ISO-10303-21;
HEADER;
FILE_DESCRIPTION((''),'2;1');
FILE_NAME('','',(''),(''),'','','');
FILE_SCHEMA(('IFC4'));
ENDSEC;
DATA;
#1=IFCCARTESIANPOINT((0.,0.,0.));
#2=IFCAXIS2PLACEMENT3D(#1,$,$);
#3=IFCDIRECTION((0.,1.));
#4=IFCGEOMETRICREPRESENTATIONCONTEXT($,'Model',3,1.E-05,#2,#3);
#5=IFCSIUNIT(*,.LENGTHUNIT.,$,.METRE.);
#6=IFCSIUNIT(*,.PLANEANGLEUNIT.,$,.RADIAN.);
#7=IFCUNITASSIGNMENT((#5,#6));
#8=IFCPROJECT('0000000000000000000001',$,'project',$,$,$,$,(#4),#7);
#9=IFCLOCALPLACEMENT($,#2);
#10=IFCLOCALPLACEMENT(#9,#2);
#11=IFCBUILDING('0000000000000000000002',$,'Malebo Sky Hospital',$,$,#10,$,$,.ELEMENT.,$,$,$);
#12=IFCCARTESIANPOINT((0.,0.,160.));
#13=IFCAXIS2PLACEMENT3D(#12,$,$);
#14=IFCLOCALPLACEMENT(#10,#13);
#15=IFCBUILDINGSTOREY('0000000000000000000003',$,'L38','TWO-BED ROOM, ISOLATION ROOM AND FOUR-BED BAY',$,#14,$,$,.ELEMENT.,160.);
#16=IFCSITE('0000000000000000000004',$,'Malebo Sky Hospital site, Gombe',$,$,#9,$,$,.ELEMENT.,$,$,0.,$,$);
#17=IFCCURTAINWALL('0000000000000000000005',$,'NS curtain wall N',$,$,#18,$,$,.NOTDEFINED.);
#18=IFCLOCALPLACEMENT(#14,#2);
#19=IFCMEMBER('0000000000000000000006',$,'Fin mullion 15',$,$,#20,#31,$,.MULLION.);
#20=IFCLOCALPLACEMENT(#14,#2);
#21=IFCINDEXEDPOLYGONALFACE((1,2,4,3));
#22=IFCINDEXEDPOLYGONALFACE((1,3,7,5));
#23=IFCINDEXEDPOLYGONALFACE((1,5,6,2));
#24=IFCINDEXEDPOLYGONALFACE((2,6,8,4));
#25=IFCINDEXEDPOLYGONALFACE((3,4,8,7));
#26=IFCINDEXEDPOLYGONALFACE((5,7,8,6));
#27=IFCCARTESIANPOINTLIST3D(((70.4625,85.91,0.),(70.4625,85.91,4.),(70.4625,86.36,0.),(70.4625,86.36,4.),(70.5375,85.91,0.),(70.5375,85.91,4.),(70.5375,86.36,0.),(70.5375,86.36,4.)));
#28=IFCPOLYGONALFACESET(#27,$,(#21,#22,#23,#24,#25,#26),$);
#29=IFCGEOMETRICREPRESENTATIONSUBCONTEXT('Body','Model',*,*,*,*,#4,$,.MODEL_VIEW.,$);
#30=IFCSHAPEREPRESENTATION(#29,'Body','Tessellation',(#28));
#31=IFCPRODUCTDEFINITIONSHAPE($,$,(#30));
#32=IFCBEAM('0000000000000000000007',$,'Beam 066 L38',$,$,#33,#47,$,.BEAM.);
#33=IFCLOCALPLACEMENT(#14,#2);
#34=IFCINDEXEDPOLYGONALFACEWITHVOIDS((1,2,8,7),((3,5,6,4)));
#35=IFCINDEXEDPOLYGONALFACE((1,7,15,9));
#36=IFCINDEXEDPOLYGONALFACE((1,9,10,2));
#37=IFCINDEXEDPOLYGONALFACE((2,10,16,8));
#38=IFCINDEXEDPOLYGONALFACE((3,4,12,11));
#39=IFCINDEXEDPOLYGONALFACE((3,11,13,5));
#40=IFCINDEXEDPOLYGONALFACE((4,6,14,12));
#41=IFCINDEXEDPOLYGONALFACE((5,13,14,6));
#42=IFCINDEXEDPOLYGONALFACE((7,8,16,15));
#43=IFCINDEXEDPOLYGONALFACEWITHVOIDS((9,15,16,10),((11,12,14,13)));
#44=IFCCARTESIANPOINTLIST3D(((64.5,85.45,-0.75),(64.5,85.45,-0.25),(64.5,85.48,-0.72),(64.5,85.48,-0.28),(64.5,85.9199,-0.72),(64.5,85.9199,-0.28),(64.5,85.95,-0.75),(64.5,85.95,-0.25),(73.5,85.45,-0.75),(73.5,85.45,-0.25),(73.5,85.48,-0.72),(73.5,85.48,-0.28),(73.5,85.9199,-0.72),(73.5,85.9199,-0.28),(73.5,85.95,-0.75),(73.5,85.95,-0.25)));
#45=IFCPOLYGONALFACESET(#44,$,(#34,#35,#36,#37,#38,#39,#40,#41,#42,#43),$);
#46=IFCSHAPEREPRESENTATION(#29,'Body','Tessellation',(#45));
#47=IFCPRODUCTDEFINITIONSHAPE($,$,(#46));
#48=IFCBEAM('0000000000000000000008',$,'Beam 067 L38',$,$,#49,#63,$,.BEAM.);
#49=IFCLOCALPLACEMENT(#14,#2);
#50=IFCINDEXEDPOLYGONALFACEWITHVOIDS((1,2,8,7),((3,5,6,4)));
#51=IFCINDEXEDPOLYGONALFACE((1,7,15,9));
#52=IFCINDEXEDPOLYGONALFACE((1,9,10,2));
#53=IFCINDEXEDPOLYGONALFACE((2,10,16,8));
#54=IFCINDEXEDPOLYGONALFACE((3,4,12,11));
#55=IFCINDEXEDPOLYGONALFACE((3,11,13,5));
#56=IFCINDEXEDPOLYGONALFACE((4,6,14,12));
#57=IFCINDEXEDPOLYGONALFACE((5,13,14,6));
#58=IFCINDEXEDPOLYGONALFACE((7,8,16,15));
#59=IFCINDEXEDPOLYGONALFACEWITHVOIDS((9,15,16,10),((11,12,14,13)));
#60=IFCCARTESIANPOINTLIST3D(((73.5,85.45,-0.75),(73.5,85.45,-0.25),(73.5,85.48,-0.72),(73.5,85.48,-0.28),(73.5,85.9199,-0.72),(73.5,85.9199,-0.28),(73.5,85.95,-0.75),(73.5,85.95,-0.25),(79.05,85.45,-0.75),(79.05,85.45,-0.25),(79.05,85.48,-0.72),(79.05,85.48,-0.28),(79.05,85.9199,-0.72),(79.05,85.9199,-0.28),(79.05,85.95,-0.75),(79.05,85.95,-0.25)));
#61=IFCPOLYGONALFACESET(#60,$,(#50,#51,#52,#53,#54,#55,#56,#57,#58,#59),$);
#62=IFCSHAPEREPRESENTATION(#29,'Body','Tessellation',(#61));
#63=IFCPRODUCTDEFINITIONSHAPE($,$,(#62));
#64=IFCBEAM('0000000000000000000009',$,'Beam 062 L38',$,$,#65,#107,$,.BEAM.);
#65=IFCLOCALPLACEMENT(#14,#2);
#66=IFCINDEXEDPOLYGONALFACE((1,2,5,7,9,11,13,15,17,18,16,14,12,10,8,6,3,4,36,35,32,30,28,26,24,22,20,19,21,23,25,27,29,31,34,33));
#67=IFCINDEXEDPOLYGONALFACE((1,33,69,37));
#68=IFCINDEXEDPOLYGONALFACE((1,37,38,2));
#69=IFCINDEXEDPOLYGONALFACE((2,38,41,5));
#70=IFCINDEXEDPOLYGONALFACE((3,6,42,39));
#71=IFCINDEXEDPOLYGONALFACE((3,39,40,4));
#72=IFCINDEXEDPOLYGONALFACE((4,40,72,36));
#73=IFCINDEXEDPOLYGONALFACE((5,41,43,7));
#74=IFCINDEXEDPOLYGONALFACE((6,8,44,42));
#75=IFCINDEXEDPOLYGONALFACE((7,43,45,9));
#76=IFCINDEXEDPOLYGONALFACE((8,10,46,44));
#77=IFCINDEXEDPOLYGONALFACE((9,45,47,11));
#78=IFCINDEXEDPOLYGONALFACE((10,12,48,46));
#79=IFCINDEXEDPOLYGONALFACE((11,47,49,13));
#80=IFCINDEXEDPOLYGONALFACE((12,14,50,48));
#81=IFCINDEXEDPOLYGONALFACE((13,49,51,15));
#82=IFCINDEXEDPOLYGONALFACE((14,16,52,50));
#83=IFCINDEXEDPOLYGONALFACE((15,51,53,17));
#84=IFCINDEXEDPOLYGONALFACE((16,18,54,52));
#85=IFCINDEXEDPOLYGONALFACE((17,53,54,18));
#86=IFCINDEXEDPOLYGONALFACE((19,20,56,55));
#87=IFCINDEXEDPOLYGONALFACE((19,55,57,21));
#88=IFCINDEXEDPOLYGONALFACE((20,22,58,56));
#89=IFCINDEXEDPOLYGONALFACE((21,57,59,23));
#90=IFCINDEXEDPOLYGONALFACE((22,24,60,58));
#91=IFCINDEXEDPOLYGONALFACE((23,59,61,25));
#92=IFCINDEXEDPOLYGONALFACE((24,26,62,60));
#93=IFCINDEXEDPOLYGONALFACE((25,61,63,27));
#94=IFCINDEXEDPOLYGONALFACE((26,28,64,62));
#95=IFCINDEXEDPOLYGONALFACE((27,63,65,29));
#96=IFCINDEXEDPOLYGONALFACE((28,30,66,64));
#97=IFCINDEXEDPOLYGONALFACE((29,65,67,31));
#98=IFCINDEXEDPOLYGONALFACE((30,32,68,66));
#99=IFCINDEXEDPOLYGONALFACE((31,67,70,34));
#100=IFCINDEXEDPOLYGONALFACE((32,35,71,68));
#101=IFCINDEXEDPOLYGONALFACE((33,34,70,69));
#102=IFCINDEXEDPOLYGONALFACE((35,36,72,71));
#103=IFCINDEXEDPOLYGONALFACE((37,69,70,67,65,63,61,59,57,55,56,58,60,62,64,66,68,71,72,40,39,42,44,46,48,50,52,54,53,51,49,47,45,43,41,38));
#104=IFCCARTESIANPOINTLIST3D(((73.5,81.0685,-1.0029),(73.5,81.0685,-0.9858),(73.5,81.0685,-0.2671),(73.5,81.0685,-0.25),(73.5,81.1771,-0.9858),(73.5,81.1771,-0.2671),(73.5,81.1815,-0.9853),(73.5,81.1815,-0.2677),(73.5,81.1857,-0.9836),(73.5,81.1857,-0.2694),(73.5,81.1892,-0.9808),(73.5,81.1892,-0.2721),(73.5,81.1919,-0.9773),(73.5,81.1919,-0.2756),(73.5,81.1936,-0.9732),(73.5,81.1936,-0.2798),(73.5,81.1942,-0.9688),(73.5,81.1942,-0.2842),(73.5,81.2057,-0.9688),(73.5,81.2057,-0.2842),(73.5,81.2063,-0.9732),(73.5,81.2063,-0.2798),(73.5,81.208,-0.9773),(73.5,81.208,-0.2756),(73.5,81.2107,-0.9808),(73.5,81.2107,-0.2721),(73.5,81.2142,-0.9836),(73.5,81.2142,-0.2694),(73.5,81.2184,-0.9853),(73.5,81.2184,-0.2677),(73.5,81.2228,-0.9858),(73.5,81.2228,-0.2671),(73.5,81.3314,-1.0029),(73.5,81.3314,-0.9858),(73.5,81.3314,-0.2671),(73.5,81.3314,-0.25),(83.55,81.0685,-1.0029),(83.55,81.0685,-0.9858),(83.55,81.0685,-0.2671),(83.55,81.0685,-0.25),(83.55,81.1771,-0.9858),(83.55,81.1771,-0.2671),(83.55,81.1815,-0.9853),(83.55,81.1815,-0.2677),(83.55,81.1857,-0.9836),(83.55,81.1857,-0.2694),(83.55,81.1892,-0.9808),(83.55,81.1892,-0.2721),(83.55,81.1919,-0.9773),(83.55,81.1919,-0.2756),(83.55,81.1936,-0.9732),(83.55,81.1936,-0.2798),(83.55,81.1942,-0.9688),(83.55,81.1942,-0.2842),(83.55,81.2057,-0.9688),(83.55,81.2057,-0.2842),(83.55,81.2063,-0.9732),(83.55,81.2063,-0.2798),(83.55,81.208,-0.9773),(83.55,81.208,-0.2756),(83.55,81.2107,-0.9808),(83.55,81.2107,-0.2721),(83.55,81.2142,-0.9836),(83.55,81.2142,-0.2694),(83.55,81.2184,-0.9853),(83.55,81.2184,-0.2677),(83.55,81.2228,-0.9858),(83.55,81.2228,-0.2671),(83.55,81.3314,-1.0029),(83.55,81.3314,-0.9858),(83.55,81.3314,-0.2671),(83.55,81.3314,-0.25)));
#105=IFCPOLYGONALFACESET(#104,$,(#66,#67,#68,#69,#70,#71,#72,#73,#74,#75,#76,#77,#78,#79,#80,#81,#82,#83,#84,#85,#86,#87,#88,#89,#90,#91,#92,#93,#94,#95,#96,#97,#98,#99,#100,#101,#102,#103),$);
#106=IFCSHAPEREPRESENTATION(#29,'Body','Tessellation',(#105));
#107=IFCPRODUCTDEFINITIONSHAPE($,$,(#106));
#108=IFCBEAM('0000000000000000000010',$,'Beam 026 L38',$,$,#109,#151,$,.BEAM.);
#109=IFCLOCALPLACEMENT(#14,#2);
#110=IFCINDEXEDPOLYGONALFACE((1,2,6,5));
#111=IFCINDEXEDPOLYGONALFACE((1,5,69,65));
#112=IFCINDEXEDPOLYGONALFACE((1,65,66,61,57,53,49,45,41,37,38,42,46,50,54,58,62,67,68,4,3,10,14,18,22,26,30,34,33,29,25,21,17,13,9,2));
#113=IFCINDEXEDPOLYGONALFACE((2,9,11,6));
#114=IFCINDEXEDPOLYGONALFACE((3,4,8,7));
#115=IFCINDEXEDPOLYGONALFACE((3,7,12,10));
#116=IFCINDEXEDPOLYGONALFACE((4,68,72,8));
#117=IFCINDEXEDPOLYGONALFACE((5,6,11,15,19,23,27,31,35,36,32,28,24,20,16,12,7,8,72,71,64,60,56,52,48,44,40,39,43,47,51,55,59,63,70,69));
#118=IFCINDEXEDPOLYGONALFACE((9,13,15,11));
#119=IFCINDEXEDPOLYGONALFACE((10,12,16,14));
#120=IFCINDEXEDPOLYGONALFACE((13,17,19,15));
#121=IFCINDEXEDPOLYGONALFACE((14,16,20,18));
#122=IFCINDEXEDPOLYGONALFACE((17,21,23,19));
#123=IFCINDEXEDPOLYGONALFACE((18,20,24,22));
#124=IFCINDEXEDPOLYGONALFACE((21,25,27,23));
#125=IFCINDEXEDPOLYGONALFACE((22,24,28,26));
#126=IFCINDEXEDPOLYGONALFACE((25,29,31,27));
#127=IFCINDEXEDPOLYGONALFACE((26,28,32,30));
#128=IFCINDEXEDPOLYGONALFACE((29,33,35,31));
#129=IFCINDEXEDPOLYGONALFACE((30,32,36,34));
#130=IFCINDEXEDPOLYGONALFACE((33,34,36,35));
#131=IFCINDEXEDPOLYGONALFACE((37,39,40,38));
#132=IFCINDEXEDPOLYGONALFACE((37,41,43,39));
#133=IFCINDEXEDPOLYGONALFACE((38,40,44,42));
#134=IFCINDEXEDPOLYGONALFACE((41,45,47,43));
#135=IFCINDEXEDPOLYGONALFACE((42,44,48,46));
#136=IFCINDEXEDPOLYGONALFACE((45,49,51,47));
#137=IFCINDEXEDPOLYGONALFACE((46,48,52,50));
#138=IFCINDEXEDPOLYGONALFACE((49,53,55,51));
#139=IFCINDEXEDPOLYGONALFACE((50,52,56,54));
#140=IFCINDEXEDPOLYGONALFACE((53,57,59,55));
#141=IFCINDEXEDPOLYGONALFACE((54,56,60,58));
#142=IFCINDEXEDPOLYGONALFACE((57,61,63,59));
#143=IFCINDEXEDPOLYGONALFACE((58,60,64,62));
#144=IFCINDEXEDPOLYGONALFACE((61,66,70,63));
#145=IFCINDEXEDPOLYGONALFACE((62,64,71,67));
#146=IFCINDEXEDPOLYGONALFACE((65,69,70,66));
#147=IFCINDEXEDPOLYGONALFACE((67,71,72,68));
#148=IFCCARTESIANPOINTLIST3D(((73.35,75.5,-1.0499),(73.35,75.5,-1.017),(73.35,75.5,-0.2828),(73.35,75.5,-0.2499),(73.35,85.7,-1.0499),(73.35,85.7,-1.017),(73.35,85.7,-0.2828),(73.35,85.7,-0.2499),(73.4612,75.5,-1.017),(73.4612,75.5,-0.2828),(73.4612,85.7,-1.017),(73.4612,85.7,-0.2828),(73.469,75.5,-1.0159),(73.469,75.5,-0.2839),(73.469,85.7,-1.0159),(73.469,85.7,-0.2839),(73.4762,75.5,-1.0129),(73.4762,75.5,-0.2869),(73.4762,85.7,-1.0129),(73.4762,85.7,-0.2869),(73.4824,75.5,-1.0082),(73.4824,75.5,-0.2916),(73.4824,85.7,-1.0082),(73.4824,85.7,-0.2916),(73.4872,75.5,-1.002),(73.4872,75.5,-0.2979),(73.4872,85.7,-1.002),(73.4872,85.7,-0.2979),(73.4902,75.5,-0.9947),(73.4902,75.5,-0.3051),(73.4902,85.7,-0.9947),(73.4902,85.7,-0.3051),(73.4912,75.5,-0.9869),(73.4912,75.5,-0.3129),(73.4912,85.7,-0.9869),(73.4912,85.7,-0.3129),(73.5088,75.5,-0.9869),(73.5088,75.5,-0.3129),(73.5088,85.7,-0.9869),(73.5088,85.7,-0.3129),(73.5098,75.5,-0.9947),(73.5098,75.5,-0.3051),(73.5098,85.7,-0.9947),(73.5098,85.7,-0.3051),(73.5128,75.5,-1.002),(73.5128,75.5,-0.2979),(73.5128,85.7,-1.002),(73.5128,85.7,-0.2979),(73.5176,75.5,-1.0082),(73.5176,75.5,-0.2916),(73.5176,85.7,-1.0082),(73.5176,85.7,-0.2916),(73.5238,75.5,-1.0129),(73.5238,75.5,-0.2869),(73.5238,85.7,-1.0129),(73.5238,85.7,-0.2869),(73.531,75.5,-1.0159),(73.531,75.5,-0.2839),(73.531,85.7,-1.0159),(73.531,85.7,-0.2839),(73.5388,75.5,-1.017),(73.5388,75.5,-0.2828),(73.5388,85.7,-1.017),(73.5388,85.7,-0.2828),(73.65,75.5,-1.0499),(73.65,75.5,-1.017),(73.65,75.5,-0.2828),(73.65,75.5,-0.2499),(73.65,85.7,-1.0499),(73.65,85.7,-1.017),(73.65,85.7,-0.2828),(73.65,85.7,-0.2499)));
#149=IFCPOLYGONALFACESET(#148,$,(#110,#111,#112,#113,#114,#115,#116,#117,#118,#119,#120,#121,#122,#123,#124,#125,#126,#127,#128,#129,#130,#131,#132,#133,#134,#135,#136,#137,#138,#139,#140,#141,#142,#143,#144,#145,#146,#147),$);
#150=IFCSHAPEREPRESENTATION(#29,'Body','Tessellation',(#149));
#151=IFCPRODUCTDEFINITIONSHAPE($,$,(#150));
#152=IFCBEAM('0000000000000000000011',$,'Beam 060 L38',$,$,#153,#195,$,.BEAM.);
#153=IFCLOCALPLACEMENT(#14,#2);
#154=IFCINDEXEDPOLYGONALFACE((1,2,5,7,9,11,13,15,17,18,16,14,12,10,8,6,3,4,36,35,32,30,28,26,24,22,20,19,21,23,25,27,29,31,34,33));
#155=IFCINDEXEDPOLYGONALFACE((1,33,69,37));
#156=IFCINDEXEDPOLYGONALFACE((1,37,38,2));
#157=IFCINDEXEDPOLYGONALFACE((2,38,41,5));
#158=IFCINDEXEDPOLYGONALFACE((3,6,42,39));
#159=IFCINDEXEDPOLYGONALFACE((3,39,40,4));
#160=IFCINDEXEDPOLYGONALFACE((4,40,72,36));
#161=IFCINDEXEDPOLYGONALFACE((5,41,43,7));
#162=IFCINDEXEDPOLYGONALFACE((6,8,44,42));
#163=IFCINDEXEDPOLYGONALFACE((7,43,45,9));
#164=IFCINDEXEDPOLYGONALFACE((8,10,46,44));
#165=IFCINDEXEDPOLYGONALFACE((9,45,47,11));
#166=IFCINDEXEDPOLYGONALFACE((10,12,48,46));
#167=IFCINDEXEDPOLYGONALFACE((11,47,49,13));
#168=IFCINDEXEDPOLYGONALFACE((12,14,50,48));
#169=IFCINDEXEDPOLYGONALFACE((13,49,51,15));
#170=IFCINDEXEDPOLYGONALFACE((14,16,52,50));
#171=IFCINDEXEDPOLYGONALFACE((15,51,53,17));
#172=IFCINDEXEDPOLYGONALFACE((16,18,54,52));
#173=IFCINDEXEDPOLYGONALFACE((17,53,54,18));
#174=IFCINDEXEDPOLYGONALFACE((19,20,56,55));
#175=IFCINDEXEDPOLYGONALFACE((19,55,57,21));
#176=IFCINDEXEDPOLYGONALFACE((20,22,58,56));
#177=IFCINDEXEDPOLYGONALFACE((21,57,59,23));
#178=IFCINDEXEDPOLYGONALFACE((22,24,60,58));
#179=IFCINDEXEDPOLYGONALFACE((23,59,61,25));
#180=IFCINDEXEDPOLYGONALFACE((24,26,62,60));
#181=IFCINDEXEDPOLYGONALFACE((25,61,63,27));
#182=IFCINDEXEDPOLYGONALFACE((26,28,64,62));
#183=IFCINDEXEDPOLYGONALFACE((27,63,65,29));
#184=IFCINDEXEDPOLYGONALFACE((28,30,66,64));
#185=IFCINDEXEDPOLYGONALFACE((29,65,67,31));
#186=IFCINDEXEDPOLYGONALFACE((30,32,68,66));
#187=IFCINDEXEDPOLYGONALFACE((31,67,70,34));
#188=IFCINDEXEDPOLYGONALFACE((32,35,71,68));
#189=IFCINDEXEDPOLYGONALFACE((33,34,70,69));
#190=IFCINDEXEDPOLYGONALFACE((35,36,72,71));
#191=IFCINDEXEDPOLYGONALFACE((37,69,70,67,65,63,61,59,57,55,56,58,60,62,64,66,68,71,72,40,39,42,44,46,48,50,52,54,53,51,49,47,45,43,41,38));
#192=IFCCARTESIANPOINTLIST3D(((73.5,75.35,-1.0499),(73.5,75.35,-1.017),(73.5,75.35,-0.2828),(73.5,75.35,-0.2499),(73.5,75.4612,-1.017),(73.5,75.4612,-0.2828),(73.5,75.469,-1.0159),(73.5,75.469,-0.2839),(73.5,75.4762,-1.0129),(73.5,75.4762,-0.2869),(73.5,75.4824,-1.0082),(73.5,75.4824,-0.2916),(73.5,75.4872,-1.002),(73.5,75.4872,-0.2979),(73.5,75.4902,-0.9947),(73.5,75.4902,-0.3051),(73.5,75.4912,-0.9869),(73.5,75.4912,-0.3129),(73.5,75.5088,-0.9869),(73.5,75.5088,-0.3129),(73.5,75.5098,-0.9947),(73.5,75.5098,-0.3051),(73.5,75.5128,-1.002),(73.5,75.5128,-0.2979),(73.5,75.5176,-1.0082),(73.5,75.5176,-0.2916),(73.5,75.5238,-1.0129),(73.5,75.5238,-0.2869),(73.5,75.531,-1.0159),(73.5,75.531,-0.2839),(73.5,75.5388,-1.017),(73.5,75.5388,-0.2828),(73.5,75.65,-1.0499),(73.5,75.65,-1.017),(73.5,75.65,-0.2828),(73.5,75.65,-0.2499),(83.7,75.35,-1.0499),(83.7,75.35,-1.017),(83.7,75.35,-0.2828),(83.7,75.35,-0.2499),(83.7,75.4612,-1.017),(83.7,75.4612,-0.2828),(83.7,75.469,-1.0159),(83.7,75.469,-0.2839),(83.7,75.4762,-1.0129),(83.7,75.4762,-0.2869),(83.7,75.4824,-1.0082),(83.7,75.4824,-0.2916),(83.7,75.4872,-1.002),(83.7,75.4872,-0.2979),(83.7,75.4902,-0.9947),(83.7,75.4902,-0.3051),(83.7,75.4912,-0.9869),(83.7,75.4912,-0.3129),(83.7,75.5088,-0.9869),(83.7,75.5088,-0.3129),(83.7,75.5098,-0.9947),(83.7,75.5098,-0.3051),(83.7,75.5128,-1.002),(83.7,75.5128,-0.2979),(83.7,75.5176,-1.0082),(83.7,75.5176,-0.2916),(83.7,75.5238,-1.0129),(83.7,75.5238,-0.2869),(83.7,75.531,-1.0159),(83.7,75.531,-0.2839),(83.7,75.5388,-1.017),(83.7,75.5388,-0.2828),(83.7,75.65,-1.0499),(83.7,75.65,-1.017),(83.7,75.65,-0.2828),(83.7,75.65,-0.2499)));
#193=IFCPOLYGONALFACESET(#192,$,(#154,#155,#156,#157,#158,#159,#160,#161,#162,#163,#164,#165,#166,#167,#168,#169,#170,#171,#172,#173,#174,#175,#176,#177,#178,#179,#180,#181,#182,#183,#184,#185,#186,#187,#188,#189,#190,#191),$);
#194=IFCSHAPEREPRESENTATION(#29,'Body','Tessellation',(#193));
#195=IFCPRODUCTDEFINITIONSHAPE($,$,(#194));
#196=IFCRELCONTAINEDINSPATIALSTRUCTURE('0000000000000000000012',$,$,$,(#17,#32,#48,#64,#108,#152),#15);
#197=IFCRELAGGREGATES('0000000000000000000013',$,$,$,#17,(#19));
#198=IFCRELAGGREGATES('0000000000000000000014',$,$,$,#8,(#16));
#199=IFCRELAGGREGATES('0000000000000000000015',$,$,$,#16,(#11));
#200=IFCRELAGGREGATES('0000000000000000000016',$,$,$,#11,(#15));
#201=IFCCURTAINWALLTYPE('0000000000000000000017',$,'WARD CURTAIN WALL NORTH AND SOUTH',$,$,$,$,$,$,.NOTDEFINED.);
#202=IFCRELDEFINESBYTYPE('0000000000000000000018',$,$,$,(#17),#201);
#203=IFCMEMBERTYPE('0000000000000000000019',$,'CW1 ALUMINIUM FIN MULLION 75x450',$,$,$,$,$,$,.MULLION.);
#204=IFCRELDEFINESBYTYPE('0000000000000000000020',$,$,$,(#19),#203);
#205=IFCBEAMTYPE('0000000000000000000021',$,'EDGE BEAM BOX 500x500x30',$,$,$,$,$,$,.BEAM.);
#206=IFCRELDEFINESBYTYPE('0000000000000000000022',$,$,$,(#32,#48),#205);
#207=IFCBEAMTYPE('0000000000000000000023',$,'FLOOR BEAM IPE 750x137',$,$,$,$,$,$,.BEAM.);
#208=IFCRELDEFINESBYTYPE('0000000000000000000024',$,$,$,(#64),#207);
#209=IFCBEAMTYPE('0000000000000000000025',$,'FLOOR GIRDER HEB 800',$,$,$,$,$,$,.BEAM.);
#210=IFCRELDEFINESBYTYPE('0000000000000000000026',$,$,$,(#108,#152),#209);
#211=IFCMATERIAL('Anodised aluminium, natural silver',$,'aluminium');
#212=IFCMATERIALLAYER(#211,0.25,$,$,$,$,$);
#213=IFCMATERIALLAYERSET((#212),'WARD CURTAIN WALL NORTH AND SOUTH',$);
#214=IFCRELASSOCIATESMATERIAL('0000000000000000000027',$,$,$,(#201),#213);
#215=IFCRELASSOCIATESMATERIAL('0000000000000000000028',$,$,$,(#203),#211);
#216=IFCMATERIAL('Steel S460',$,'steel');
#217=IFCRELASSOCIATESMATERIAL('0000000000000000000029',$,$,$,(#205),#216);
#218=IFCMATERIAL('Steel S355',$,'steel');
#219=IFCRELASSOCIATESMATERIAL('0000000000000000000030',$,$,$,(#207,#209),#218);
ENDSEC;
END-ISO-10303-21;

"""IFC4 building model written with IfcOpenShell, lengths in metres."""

from ifc_helpers import new_model, si_unit, direction, frame, origin, origin_2d, place, context, subcontext, project, spatial, rectangle, hollow_rectangle, i_section, extrude, material, layer, layer_set, material_profile, profile_set, type_object, element, aggregate, save


model = new_model("IFC4")

# Units and contexts
model_context = context("Model", 3, precision=1e-05, world=origin(), true_north=direction((0.0, 1.0)))
body_context = subcontext(model_context, "Body", "Model", "MODEL_VIEW")
ifc_project = project(units=[si_unit("LENGTHUNIT", "METRE"), si_unit("PLANEANGLEUNIT", "RADIAN")], contexts=[model_context])

# Site, building, storey
site_placement = place(None, origin())
site = spatial("IfcSite", under=ifc_project, at=site_placement, Name="Malebo Sky Hospital site, Gombe", CompositionType="ELEMENT", RefElevation=0.0)
building_placement = place(site_placement, origin())
building = spatial("IfcBuilding", under=site, at=building_placement, Name="Malebo Sky Hospital", CompositionType="ELEMENT")
storey_placement = place(building_placement, frame((0.0, 0.0, 160.0)))
storey = spatial("IfcBuildingStorey", under=building, at=storey_placement, Name="L38", Description="TWO-BED ROOM, ISOLATION ROOM AND FOUR-BED BAY", CompositionType="ELEMENT", Elevation=160.0)

# Shared definitions
ifc_material_1 = material(Name="Steel S460", Category="steel")

# Curtain wall
ifc_material_2 = material(Name="Anodised aluminium, natural silver", Category="aluminium")
ifc_layer_1 = layer(ifc_material_2, 0.25)
ifc_layer_set_1 = layer_set([ifc_layer_1], Name="WARD CURTAIN WALL NORTH AND SOUTH")
curtain_wall_type = type_object("IfcCurtainWallType", Name="WARD CURTAIN WALL NORTH AND SOUTH", PredefinedType="NOTDEFINED", material=ifc_layer_set_1)
curtain_wall_placement = place(storey_placement, origin())
curtain_wall = element("IfcCurtainWall", 1, at=curtain_wall_placement, inside=storey, type_object=curtain_wall_type, Name="NS curtain wall N", PredefinedType="NOTDEFINED")

# Member
ifc_material_3 = material(Name="Steel S355", Category="steel")
ifc_material_profile_1 = material_profile(ifc_material_2, rectangle(XDim=0.075, YDim=0.45, at=origin_2d()), Name="CW1 ALUMINIUM FIN MULLION 75x450")
ifc_profile_set_1 = profile_set([ifc_material_profile_1], Name="Anodised aluminium, natural silver")
member_type_1 = type_object("IfcMemberType", Name="CW1 ALUMINIUM FIN MULLION 75x450", PredefinedType="MULLION", material=ifc_profile_set_1)
member_1_placement = place(storey_placement, frame((70.5, 86.135, 0.0), z_axis=(0.0, 0.0, 1.0), x_axis=(1.0, 0.0, 0.0)))
member_1 = element("IfcMember", 2, at=member_1_placement, type_object=member_type_1, Name="Fin mullion 15", PredefinedType="MULLION", context=body_context, shape_type="SweptSolid", body=[
    extrude(rectangle(XDim=0.075, YDim=0.45, at=origin_2d()), origin(), (0.0, 0.0, 1.0), 4.0),
])

# Beams
ifc_material_profile_2 = material_profile(ifc_material_1, hollow_rectangle(XDim=0.5, YDim=0.5, WallThickness=0.03, at=origin_2d()), Name="BOX 500x500x30")
ifc_profile_set_2 = profile_set([ifc_material_profile_2], Name="Steel S460")
beam_type_1 = type_object("IfcBeamType", Name="EDGE BEAM BOX 500x500x30", PredefinedType="BEAM", material=ifc_profile_set_2)
beam_1_placement = place(storey_placement, frame((64.5, 85.7, -0.5), z_axis=(1.0, 0.0, 0.0), x_axis=(0.0, 1.0, 0.0)))
element("IfcBeam", 3, at=beam_1_placement, inside=storey, type_object=beam_type_1, Name="Beam 066 L38", PredefinedType="BEAM", context=body_context, shape_type="SweptSolid", body=[
    extrude(hollow_rectangle(XDim=0.5, YDim=0.5, WallThickness=0.03, at=origin_2d()), origin(), (0.0, 0.0, 1.0), 9.0),
])
beam_2_placement = place(storey_placement, frame((73.5, 85.7, -0.5), z_axis=(1.0, 0.0, 0.0), x_axis=(0.0, 1.0, 0.0)))
element("IfcBeam", 4, at=beam_2_placement, inside=storey, type_object=beam_type_1, Name="Beam 067 L38", PredefinedType="BEAM", context=body_context, shape_type="SweptSolid", body=[
    extrude(hollow_rectangle(XDim=0.5, YDim=0.5, WallThickness=0.03, at=origin_2d()), origin(), (0.0, 0.0, 1.0), 5.55),
])
ifc_material_profile_3 = material_profile(ifc_material_3, i_section(OverallWidth=0.2629, OverallDepth=0.7529, WebThickness=0.0115, FlangeThickness=0.0171, FilletRadius=0.0171, at=origin_2d()), Name="IPE 750x137")
ifc_profile_set_3 = profile_set([ifc_material_profile_3], Name="Steel S355")
beam_type_2 = type_object("IfcBeamType", Name="FLOOR BEAM IPE 750x137", PredefinedType="BEAM", material=ifc_profile_set_3)
beam_3_placement = place(storey_placement, frame((73.5, 81.2, -0.6265), z_axis=(1.0, 0.0, 0.0), x_axis=(0.0, 1.0, 0.0)))
element("IfcBeam", 5, at=beam_3_placement, inside=storey, type_object=beam_type_2, Name="Beam 062 L38", PredefinedType="BEAM", context=body_context, shape_type="SweptSolid", body=[
    extrude(i_section(OverallWidth=0.2629, OverallDepth=0.7529, WebThickness=0.0115, FlangeThickness=0.0171, FilletRadius=0.0171, at=origin_2d()), origin(), (0.0, 0.0, 1.0), 10.05),
])
ifc_material_profile_4 = material_profile(ifc_material_3, i_section(OverallWidth=0.3, OverallDepth=0.8, WebThickness=0.0176, FlangeThickness=0.033, FilletRadius=0.03, at=origin_2d()), Name="HEB 800")
ifc_profile_set_4 = profile_set([ifc_material_profile_4], Name="Steel S355")
beam_type_3 = type_object("IfcBeamType", Name="FLOOR GIRDER HEB 800", PredefinedType="BEAM", material=ifc_profile_set_4)
for number, where, z_axis, x_axis, name in (
    (6, (73.5, 75.5, -0.6499), (0.0, 1.0, 0.0), (-1.0, 0.0, 0.0), "Beam 026 L38"),
    (7, (73.5, 75.5, -0.6499), (1.0, 0.0, 0.0), (0.0, 1.0, 0.0), "Beam 060 L38"),
):
    element("IfcBeam", number, at=place(storey_placement, frame(where, z_axis=z_axis, x_axis=x_axis)), inside=storey, type_object=beam_type_3, Name=name, PredefinedType="BEAM", context=body_context, shape_type="SweptSolid", body=[
        extrude(i_section(OverallWidth=0.3, OverallDepth=0.8, WebThickness=0.0176, FlangeThickness=0.033, FilletRadius=0.03, at=origin_2d()), origin(), (0.0, 0.0, 1.0), 10.2),
    ])

aggregate(curtain_wall, [member_1])

save(model, "model.ifc")
